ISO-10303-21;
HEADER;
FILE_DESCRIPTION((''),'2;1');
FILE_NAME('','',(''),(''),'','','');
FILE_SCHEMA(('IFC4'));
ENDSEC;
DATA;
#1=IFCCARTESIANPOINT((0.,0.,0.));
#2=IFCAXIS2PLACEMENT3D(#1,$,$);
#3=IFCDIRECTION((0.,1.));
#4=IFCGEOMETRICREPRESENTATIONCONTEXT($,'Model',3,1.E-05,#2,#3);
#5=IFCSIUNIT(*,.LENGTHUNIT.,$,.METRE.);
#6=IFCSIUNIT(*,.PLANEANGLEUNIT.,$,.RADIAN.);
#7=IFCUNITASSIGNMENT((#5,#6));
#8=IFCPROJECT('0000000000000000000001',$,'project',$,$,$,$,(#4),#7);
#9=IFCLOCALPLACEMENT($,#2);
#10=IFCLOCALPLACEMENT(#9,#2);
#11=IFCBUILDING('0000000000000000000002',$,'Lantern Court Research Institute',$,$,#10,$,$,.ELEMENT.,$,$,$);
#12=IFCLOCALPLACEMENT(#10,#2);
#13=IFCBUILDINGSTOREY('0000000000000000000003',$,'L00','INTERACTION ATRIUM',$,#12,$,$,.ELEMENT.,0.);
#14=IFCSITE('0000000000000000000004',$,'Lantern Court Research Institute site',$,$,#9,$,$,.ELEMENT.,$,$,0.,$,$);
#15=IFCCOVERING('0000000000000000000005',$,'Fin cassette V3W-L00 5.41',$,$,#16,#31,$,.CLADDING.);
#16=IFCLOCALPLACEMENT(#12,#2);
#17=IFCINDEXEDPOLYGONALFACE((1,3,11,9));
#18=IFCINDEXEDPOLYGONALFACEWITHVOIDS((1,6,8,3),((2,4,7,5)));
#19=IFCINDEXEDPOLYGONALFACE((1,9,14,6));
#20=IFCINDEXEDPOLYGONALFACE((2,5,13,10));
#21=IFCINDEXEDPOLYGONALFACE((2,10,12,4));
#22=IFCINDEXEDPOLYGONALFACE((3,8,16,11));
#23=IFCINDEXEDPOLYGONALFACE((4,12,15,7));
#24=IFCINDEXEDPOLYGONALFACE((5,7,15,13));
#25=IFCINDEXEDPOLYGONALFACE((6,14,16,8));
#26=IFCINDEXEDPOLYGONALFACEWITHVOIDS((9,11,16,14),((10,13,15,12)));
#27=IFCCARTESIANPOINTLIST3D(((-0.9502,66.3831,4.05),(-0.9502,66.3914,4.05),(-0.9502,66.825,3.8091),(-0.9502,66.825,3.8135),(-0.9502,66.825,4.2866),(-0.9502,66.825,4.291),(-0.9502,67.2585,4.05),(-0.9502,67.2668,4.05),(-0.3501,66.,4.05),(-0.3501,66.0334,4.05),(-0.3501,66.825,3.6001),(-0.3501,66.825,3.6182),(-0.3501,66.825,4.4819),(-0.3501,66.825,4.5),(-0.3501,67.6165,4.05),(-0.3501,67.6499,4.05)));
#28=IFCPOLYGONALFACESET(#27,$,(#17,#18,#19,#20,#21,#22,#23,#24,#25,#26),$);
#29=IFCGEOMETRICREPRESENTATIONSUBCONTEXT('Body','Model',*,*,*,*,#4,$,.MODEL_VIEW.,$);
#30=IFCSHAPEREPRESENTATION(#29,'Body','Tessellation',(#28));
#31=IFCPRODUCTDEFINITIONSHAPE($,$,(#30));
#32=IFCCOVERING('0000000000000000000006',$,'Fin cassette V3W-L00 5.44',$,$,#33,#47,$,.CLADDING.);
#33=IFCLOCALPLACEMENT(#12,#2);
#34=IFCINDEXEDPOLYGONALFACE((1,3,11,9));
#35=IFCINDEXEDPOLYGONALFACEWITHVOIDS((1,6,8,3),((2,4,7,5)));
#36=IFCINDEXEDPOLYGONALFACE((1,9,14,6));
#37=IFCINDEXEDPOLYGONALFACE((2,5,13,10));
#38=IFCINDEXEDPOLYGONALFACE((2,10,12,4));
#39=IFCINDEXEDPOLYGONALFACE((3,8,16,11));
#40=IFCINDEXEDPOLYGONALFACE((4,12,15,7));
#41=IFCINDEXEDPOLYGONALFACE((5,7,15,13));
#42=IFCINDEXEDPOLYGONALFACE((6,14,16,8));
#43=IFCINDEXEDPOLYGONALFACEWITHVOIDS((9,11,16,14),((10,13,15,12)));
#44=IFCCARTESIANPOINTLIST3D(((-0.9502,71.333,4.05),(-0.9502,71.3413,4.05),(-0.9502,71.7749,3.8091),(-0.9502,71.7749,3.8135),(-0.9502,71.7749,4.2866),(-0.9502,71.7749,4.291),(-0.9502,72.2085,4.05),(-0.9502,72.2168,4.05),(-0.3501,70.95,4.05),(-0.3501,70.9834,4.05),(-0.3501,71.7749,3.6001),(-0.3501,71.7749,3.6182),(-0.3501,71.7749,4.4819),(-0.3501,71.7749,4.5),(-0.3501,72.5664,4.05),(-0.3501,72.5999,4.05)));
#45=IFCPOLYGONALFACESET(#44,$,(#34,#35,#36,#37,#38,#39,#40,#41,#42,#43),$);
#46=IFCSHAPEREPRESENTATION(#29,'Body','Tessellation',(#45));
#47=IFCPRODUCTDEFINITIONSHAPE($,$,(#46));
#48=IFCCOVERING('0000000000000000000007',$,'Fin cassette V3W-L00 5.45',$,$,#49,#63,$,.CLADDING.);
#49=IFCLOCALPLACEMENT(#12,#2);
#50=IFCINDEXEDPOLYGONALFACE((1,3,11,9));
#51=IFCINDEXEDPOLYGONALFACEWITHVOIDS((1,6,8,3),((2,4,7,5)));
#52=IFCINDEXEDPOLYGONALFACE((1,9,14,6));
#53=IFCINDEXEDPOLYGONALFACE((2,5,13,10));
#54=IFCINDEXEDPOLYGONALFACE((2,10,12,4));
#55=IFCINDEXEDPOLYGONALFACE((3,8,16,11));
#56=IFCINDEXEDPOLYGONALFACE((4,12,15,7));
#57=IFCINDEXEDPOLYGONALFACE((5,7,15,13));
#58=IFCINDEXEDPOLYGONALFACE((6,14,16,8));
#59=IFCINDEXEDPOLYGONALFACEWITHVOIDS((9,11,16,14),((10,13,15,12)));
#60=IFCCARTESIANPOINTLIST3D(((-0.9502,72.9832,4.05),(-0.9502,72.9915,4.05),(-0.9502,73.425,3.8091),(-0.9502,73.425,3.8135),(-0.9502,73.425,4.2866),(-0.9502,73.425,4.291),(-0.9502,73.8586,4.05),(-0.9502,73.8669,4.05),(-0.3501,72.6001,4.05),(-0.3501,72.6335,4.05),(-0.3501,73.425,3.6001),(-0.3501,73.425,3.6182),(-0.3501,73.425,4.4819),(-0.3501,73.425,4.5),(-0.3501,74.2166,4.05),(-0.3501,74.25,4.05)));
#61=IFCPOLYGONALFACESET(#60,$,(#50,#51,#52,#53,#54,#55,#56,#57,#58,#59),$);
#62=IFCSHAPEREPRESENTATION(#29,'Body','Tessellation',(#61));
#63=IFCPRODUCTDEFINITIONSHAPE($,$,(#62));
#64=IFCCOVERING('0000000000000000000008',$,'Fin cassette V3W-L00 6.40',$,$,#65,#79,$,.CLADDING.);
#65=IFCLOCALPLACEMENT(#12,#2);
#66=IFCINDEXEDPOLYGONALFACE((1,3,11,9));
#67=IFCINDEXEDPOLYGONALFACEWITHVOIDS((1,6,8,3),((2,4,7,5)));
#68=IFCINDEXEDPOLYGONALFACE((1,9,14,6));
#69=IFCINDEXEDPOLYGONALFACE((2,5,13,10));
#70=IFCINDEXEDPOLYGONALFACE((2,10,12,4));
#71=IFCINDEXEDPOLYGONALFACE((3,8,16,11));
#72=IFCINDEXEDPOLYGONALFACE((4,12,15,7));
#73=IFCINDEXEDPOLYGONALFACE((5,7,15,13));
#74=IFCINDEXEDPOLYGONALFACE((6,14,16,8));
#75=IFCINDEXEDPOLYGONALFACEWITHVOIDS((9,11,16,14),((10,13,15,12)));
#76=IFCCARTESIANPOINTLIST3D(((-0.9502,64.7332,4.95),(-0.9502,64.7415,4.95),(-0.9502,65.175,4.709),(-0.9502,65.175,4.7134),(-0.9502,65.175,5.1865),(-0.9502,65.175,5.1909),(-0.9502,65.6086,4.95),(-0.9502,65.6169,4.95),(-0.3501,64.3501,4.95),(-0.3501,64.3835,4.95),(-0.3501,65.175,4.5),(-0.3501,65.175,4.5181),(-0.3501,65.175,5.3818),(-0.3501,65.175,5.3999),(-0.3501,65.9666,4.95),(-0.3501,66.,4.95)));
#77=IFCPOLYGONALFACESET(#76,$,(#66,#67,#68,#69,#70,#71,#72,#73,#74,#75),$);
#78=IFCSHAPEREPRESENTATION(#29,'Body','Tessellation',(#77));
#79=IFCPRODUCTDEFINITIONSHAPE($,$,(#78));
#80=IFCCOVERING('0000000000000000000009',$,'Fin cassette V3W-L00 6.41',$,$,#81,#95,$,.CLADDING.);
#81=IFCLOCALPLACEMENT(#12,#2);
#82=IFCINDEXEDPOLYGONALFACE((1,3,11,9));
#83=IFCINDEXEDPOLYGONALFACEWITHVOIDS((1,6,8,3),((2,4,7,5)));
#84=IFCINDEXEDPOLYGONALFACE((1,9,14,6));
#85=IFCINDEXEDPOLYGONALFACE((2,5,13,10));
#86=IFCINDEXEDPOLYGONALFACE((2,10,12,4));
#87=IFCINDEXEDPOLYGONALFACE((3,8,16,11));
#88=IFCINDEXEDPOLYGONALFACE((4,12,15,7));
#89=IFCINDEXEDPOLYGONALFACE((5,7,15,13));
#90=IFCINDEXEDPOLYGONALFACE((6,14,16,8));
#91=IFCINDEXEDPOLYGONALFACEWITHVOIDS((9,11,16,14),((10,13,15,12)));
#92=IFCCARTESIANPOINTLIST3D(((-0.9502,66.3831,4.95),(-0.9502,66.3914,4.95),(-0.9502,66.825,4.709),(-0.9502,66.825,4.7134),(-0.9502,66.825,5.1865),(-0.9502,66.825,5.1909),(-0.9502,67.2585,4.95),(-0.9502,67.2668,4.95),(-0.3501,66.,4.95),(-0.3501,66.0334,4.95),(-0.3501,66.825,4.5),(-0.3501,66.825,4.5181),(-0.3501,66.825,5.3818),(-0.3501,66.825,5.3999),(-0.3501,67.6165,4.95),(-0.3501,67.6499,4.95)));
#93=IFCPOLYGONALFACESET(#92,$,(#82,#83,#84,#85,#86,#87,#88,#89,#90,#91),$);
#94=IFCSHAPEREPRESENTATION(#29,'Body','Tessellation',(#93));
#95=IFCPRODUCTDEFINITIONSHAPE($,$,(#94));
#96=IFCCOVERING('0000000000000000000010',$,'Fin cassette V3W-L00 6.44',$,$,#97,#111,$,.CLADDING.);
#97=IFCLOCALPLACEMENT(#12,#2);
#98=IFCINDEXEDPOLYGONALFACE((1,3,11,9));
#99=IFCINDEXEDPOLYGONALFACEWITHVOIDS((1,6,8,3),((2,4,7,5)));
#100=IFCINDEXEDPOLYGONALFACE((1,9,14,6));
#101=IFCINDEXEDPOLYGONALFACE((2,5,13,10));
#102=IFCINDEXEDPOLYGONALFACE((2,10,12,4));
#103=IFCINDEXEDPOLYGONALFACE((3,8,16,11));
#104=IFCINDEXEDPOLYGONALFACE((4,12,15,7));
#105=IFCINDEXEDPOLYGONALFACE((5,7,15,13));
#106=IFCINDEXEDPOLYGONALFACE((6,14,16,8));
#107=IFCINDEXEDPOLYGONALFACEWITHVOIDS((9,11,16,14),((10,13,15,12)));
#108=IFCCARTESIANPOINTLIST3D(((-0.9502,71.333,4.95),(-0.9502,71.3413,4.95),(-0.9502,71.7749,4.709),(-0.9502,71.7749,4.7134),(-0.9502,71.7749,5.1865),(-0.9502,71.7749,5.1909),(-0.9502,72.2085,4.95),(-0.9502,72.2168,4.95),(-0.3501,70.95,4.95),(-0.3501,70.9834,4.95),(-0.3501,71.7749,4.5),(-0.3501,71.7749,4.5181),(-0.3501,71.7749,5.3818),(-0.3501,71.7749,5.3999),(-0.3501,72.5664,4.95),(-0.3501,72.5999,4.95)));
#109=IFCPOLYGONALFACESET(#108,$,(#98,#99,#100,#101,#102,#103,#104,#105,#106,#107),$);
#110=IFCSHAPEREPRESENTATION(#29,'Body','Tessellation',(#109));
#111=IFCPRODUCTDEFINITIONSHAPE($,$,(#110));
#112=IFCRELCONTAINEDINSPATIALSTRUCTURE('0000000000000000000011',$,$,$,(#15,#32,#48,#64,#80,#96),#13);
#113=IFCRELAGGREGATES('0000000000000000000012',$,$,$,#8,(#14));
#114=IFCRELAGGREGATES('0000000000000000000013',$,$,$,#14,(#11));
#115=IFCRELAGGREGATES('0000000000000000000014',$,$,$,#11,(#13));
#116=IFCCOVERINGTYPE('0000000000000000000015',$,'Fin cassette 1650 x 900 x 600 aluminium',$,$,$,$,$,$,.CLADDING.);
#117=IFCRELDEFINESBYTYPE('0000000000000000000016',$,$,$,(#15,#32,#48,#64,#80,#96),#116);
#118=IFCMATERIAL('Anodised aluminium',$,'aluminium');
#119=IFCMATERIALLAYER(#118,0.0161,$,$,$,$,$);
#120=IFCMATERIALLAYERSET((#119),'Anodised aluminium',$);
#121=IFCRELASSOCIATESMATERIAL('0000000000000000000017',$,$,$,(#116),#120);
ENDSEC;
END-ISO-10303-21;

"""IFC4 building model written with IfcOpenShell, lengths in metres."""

from ifc_helpers import new_model, entity, si_unit, direction, frame, origin, place, context, subcontext, project, spatial, material, layer, layer_set, type_object, element, save


model = new_model("IFC4")

# Units and contexts
model_context = context("Model", 3, precision=1e-05, world=origin(), true_north=direction((0.0, 1.0)))
body_context = subcontext(model_context, "Body", "Model", "MODEL_VIEW")
ifc_project = project(units=[si_unit("LENGTHUNIT", "METRE"), si_unit("PLANEANGLEUNIT", "RADIAN")], contexts=[model_context])

# Site, building, storey
site_placement = place(None, origin())
site = spatial("IfcSite", under=ifc_project, at=site_placement, Name="Lantern Court Research Institute site", CompositionType="ELEMENT", RefElevation=0.0)
building_placement = place(site_placement, origin())
building = spatial("IfcBuilding", under=site, at=building_placement, Name="Lantern Court Research Institute", CompositionType="ELEMENT")
storey_placement = place(building_placement, origin())
storey = spatial("IfcBuildingStorey", under=building, at=storey_placement, Name="L00", Description="INTERACTION ATRIUM", CompositionType="ELEMENT", Elevation=0.0)

# Coverings
ifc_material_1 = material(Name="Anodised aluminium", Category="aluminium")
ifc_layer_1 = layer(ifc_material_1, 0.0161)
ifc_layer_set_1 = layer_set([ifc_layer_1], Name="Anodised aluminium")
covering_type_1 = type_object("IfcCoveringType", Name="Fin cassette 1650 x 900 x 600 aluminium", PredefinedType="CLADDING", material=ifc_layer_set_1)
covering_1_placement = place(storey_placement, frame((-0.3501, 66.825, 4.05), z_axis=(-1.0, 0.0, 0.0), x_axis=(0.0, -1.0, 0.0)))
cartesian_point_1 = entity("IfcCartesianPoint", [0.825, 0.0])
cartesian_point_2 = entity("IfcCartesianPoint", [0.7915, 0.0])
cartesian_point_3 = entity("IfcCartesianPoint", [0.4419, 0.0])
cartesian_point_4 = entity("IfcCartesianPoint", [0.4336, 0.0])
element("IfcCovering", 1, at=covering_1_placement, inside=storey, type_object=covering_type_1, Name="Fin cassette V3W-L00 5.41", PredefinedType="CLADDING", context=body_context, shape_type="SweptSolid", body=[
    entity("IfcExtrudedAreaSolidTapered", entity("IfcArbitraryProfileDefWithVoids", "AREA", None, entity("IfcPolyline", [cartesian_point_1, entity("IfcCartesianPoint", [0.0, 0.45]), entity("IfcCartesianPoint", [-0.825, 0.0]), entity("IfcCartesianPoint", [0.0, -0.45]), cartesian_point_1]), [entity("IfcPolyline", [cartesian_point_2, entity("IfcCartesianPoint", [0.0, 0.4319]), entity("IfcCartesianPoint", [-0.7915, 0.0]), entity("IfcCartesianPoint", [0.0, -0.4319]), cartesian_point_2])]), entity("IfcAxis2Placement3D", entity("IfcCartesianPoint", [0.0, 0.0, 0.0])), entity("IfcDirection", [0.0, 0.0, 1.0]), 0.6001, entity("IfcArbitraryProfileDefWithVoids", "AREA", None, entity("IfcPolyline", [cartesian_point_3, entity("IfcCartesianPoint", [0.0, 0.241]), entity("IfcCartesianPoint", [-0.4419, 0.0]), entity("IfcCartesianPoint", [0.0, -0.241]), cartesian_point_3]), [entity("IfcPolyline", [cartesian_point_4, entity("IfcCartesianPoint", [0.0, 0.2366]), entity("IfcCartesianPoint", [-0.4336, 0.0]), entity("IfcCartesianPoint", [0.0, -0.2366]), cartesian_point_4])])),
])
covering_2_placement = place(storey_placement, frame((-0.3501, 71.7749, 4.05), z_axis=(-1.0, 0.0, 0.0), x_axis=(0.0, -1.0, 0.0)))
cartesian_point_5 = entity("IfcCartesianPoint", [0.825, 0.0])
cartesian_point_6 = entity("IfcCartesianPoint", [0.7915, 0.0])
cartesian_point_7 = entity("IfcCartesianPoint", [0.4419, 0.0])
cartesian_point_8 = entity("IfcCartesianPoint", [0.4336, 0.0])
element("IfcCovering", 2, at=covering_2_placement, inside=storey, type_object=covering_type_1, Name="Fin cassette V3W-L00 5.44", PredefinedType="CLADDING", context=body_context, shape_type="SweptSolid", body=[
    entity("IfcExtrudedAreaSolidTapered", entity("IfcArbitraryProfileDefWithVoids", "AREA", None, entity("IfcPolyline", [cartesian_point_5, entity("IfcCartesianPoint", [0.0, 0.45]), entity("IfcCartesianPoint", [-0.825, 0.0]), entity("IfcCartesianPoint", [0.0, -0.45]), cartesian_point_5]), [entity("IfcPolyline", [cartesian_point_6, entity("IfcCartesianPoint", [0.0, 0.4319]), entity("IfcCartesianPoint", [-0.7915, 0.0]), entity("IfcCartesianPoint", [0.0, -0.4319]), cartesian_point_6])]), entity("IfcAxis2Placement3D", entity("IfcCartesianPoint", [0.0, 0.0, 0.0])), entity("IfcDirection", [0.0, 0.0, 1.0]), 0.6001, entity("IfcArbitraryProfileDefWithVoids", "AREA", None, entity("IfcPolyline", [cartesian_point_7, entity("IfcCartesianPoint", [0.0, 0.241]), entity("IfcCartesianPoint", [-0.4419, 0.0]), entity("IfcCartesianPoint", [0.0, -0.241]), cartesian_point_7]), [entity("IfcPolyline", [cartesian_point_8, entity("IfcCartesianPoint", [0.0, 0.2366]), entity("IfcCartesianPoint", [-0.4336, 0.0]), entity("IfcCartesianPoint", [0.0, -0.2366]), cartesian_point_8])])),
])
covering_3_placement = place(storey_placement, frame((-0.3501, 73.425, 4.05), z_axis=(-1.0, 0.0, 0.0), x_axis=(0.0, -1.0, 0.0)))
cartesian_point_9 = entity("IfcCartesianPoint", [0.825, 0.0])
cartesian_point_10 = entity("IfcCartesianPoint", [0.7915, 0.0])
cartesian_point_11 = entity("IfcCartesianPoint", [0.4419, 0.0])
cartesian_point_12 = entity("IfcCartesianPoint", [0.4336, 0.0])
element("IfcCovering", 3, at=covering_3_placement, inside=storey, type_object=covering_type_1, Name="Fin cassette V3W-L00 5.45", PredefinedType="CLADDING", context=body_context, shape_type="SweptSolid", body=[
    entity("IfcExtrudedAreaSolidTapered", entity("IfcArbitraryProfileDefWithVoids", "AREA", None, entity("IfcPolyline", [cartesian_point_9, entity("IfcCartesianPoint", [0.0, 0.45]), entity("IfcCartesianPoint", [-0.825, 0.0]), entity("IfcCartesianPoint", [0.0, -0.45]), cartesian_point_9]), [entity("IfcPolyline", [cartesian_point_10, entity("IfcCartesianPoint", [0.0, 0.4319]), entity("IfcCartesianPoint", [-0.7915, 0.0]), entity("IfcCartesianPoint", [0.0, -0.4319]), cartesian_point_10])]), entity("IfcAxis2Placement3D", entity("IfcCartesianPoint", [0.0, 0.0, 0.0])), entity("IfcDirection", [0.0, 0.0, 1.0]), 0.6001, entity("IfcArbitraryProfileDefWithVoids", "AREA", None, entity("IfcPolyline", [cartesian_point_11, entity("IfcCartesianPoint", [0.0, 0.241]), entity("IfcCartesianPoint", [-0.4419, 0.0]), entity("IfcCartesianPoint", [0.0, -0.241]), cartesian_point_11]), [entity("IfcPolyline", [cartesian_point_12, entity("IfcCartesianPoint", [0.0, 0.2366]), entity("IfcCartesianPoint", [-0.4336, 0.0]), entity("IfcCartesianPoint", [0.0, -0.2366]), cartesian_point_12])])),
])
covering_4_placement = place(storey_placement, frame((-0.3501, 65.175, 4.95), z_axis=(-1.0, 0.0, 0.0), x_axis=(0.0, -1.0, 0.0)))
cartesian_point_13 = entity("IfcCartesianPoint", [0.825, 0.0])
cartesian_point_14 = entity("IfcCartesianPoint", [0.7915, 0.0])
cartesian_point_15 = entity("IfcCartesianPoint", [0.4419, 0.0])
cartesian_point_16 = entity("IfcCartesianPoint", [0.4336, 0.0])
element("IfcCovering", 4, at=covering_4_placement, inside=storey, type_object=covering_type_1, Name="Fin cassette V3W-L00 6.40", PredefinedType="CLADDING", context=body_context, shape_type="SweptSolid", body=[
    entity("IfcExtrudedAreaSolidTapered", entity("IfcArbitraryProfileDefWithVoids", "AREA", None, entity("IfcPolyline", [cartesian_point_13, entity("IfcCartesianPoint", [0.0, 0.45]), entity("IfcCartesianPoint", [-0.825, 0.0]), entity("IfcCartesianPoint", [0.0, -0.45]), cartesian_point_13]), [entity("IfcPolyline", [cartesian_point_14, entity("IfcCartesianPoint", [0.0, 0.4319]), entity("IfcCartesianPoint", [-0.7915, 0.0]), entity("IfcCartesianPoint", [0.0, -0.4319]), cartesian_point_14])]), entity("IfcAxis2Placement3D", entity("IfcCartesianPoint", [0.0, 0.0, 0.0])), entity("IfcDirection", [0.0, 0.0, 1.0]), 0.6001, entity("IfcArbitraryProfileDefWithVoids", "AREA", None, entity("IfcPolyline", [cartesian_point_15, entity("IfcCartesianPoint", [0.0, 0.241]), entity("IfcCartesianPoint", [-0.4419, 0.0]), entity("IfcCartesianPoint", [0.0, -0.241]), cartesian_point_15]), [entity("IfcPolyline", [cartesian_point_16, entity("IfcCartesianPoint", [0.0, 0.2366]), entity("IfcCartesianPoint", [-0.4336, 0.0]), entity("IfcCartesianPoint", [0.0, -0.2366]), cartesian_point_16])])),
])
covering_5_placement = place(storey_placement, frame((-0.3501, 66.825, 4.95), z_axis=(-1.0, 0.0, 0.0), x_axis=(0.0, -1.0, 0.0)))
cartesian_point_17 = entity("IfcCartesianPoint", [0.825, 0.0])
cartesian_point_18 = entity("IfcCartesianPoint", [0.7915, 0.0])
cartesian_point_19 = entity("IfcCartesianPoint", [0.4419, 0.0])
cartesian_point_20 = entity("IfcCartesianPoint", [0.4336, 0.0])
element("IfcCovering", 5, at=covering_5_placement, inside=storey, type_object=covering_type_1, Name="Fin cassette V3W-L00 6.41", PredefinedType="CLADDING", context=body_context, shape_type="SweptSolid", body=[
    entity("IfcExtrudedAreaSolidTapered", entity("IfcArbitraryProfileDefWithVoids", "AREA", None, entity("IfcPolyline", [cartesian_point_17, entity("IfcCartesianPoint", [0.0, 0.45]), entity("IfcCartesianPoint", [-0.825, 0.0]), entity("IfcCartesianPoint", [0.0, -0.45]), cartesian_point_17]), [entity("IfcPolyline", [cartesian_point_18, entity("IfcCartesianPoint", [0.0, 0.4319]), entity("IfcCartesianPoint", [-0.7915, 0.0]), entity("IfcCartesianPoint", [0.0, -0.4319]), cartesian_point_18])]), entity("IfcAxis2Placement3D", entity("IfcCartesianPoint", [0.0, 0.0, 0.0])), entity("IfcDirection", [0.0, 0.0, 1.0]), 0.6001, entity("IfcArbitraryProfileDefWithVoids", "AREA", None, entity("IfcPolyline", [cartesian_point_19, entity("IfcCartesianPoint", [0.0, 0.241]), entity("IfcCartesianPoint", [-0.4419, 0.0]), entity("IfcCartesianPoint", [0.0, -0.241]), cartesian_point_19]), [entity("IfcPolyline", [cartesian_point_20, entity("IfcCartesianPoint", [0.0, 0.2366]), entity("IfcCartesianPoint", [-0.4336, 0.0]), entity("IfcCartesianPoint", [0.0, -0.2366]), cartesian_point_20])])),
])
covering_6_placement = place(storey_placement, frame((-0.3501, 71.7749, 4.95), z_axis=(-1.0, 0.0, 0.0), x_axis=(0.0, -1.0, 0.0)))
cartesian_point_21 = entity("IfcCartesianPoint", [0.825, 0.0])
cartesian_point_22 = entity("IfcCartesianPoint", [0.7915, 0.0])
cartesian_point_23 = entity("IfcCartesianPoint", [0.4419, 0.0])
cartesian_point_24 = entity("IfcCartesianPoint", [0.4336, 0.0])
element("IfcCovering", 6, at=covering_6_placement, inside=storey, type_object=covering_type_1, Name="Fin cassette V3W-L00 6.44", PredefinedType="CLADDING", context=body_context, shape_type="SweptSolid", body=[
    entity("IfcExtrudedAreaSolidTapered", entity("IfcArbitraryProfileDefWithVoids", "AREA", None, entity("IfcPolyline", [cartesian_point_21, entity("IfcCartesianPoint", [0.0, 0.45]), entity("IfcCartesianPoint", [-0.825, 0.0]), entity("IfcCartesianPoint", [0.0, -0.45]), cartesian_point_21]), [entity("IfcPolyline", [cartesian_point_22, entity("IfcCartesianPoint", [0.0, 0.4319]), entity("IfcCartesianPoint", [-0.7915, 0.0]), entity("IfcCartesianPoint", [0.0, -0.4319]), cartesian_point_22])]), entity("IfcAxis2Placement3D", entity("IfcCartesianPoint", [0.0, 0.0, 0.0])), entity("IfcDirection", [0.0, 0.0, 1.0]), 0.6001, entity("IfcArbitraryProfileDefWithVoids", "AREA", None, entity("IfcPolyline", [cartesian_point_23, entity("IfcCartesianPoint", [0.0, 0.241]), entity("IfcCartesianPoint", [-0.4419, 0.0]), entity("IfcCartesianPoint", [0.0, -0.241]), cartesian_point_23]), [entity("IfcPolyline", [cartesian_point_24, entity("IfcCartesianPoint", [0.0, 0.2366]), entity("IfcCartesianPoint", [-0.4336, 0.0]), entity("IfcCartesianPoint", [0.0, -0.2366]), cartesian_point_24])])),
])

save(model, "model.ifc")
